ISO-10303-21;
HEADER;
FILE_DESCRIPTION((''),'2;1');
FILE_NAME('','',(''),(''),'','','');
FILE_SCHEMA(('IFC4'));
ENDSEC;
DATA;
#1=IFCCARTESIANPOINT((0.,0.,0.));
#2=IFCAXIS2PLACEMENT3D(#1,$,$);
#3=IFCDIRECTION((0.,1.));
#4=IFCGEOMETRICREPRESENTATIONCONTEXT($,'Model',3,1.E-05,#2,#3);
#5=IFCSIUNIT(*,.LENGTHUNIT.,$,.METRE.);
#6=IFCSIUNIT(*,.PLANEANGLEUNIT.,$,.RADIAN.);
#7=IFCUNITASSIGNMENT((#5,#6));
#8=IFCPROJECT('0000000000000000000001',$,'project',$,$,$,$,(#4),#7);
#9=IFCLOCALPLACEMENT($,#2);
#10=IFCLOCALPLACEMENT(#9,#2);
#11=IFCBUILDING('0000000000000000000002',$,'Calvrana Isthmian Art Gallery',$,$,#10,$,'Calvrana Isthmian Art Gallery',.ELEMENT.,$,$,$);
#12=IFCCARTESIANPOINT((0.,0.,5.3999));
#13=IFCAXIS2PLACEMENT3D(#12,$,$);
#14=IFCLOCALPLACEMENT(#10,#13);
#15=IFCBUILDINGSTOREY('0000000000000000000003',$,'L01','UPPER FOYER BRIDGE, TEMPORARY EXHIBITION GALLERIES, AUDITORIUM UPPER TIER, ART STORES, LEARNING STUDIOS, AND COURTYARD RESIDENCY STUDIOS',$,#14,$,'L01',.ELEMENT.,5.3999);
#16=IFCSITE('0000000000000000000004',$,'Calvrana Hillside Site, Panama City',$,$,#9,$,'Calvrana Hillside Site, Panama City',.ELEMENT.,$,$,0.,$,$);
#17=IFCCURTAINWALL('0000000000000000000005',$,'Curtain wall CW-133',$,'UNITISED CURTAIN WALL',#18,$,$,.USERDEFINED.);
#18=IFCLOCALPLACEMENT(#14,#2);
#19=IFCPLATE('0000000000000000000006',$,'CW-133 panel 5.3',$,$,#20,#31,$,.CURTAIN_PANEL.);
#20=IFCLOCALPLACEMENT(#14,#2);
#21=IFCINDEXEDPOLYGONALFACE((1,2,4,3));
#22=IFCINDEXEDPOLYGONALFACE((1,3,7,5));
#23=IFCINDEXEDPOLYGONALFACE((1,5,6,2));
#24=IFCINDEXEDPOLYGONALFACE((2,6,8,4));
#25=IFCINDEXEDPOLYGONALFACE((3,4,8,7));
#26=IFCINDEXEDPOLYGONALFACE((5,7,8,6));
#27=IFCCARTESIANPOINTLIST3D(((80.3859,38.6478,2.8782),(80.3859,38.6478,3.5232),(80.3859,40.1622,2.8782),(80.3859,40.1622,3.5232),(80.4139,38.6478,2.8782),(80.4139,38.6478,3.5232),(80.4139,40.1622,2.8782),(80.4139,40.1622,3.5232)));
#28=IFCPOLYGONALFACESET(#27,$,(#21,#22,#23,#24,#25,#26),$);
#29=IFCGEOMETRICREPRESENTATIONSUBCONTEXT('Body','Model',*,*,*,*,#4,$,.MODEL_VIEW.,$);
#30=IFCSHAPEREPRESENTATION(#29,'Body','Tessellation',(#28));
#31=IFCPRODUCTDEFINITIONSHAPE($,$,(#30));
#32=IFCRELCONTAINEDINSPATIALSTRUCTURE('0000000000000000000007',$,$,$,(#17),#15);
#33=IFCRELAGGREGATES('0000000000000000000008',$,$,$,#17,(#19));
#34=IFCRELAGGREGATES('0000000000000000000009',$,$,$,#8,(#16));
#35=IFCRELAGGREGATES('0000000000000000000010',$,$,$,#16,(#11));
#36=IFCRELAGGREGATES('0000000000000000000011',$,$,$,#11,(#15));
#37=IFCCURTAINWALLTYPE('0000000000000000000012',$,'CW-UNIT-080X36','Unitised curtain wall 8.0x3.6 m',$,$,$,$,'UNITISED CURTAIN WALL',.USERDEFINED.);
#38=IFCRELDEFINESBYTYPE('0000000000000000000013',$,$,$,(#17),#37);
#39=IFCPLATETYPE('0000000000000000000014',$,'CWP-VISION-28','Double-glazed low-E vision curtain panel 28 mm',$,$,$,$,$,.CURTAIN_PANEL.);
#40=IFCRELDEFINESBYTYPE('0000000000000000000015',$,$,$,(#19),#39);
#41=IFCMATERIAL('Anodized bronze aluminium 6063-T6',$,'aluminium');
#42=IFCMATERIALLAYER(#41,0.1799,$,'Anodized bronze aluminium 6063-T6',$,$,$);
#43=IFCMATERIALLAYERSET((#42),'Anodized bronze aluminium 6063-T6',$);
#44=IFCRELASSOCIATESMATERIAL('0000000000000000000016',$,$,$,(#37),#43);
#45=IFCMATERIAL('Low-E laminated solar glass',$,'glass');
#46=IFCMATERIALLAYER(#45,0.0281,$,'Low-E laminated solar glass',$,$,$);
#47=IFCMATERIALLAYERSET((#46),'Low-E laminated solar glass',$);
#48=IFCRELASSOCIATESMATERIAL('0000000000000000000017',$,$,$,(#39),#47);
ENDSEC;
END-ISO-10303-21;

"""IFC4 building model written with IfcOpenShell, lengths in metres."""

from ifc_helpers import new_model, si_unit, direction, frame, origin, origin_2d, place, context, subcontext, project, spatial, rectangle, extrude, material, layer, layer_set, type_object, element, aggregate, save


model = new_model("IFC4")

# Units and contexts
model_context = context("Model", 3, precision=1e-05, world=origin(), true_north=direction((0.0, 1.0)))
body_context = subcontext(model_context, "Body", "Model", "MODEL_VIEW")
ifc_project = project(units=[si_unit("LENGTHUNIT", "METRE"), si_unit("PLANEANGLEUNIT", "RADIAN")], contexts=[model_context])

# Site, building, storey
site_placement = place(None, origin())
site = spatial("IfcSite", under=ifc_project, at=site_placement, Name="Calvrana Hillside Site, Panama City", LongName="Calvrana Hillside Site, Panama City", CompositionType="ELEMENT", RefElevation=0.0)
building_placement = place(site_placement, origin())
building = spatial("IfcBuilding", under=site, at=building_placement, Name="Calvrana Isthmian Art Gallery", LongName="Calvrana Isthmian Art Gallery", CompositionType="ELEMENT")
storey_placement = place(building_placement, frame((0.0, 0.0, 5.3999)))
storey = spatial("IfcBuildingStorey", under=building, at=storey_placement, Name="L01", Description="UPPER FOYER BRIDGE, TEMPORARY EXHIBITION GALLERIES, AUDITORIUM UPPER TIER, ART STORES, LEARNING STUDIOS, AND COURTYARD RESIDENCY STUDIOS", LongName="L01", CompositionType="ELEMENT", Elevation=5.3999)

# Shared definitions
ifc_material_1 = material(Name="Anodized bronze aluminium 6063-T6", Category="aluminium")

# Curtain wall
ifc_layer_1 = layer(ifc_material_1, 0.1799, Name="Anodized bronze aluminium 6063-T6")
ifc_layer_set_1 = layer_set([ifc_layer_1], Name="Anodized bronze aluminium 6063-T6")
curtain_wall_type_1 = type_object("IfcCurtainWallType", Name="CW-UNIT-080X36", Description="Unitised curtain wall 8.0x3.6 m", ElementType="UNITISED CURTAIN WALL", PredefinedType="USERDEFINED", material=ifc_layer_set_1)
curtain_wall_1_placement = place(storey_placement, origin())
curtain_wall_1 = element("IfcCurtainWall", 1, at=curtain_wall_1_placement, inside=storey, type_object=curtain_wall_type_1, Name="Curtain wall CW-133", ObjectType="UNITISED CURTAIN WALL", PredefinedType="USERDEFINED")

# Plate
ifc_material_2 = material(Name="Low-E laminated solar glass", Category="glass")
ifc_layer_2 = layer(ifc_material_2, 0.0281, Name="Low-E laminated solar glass")
ifc_layer_set_2 = layer_set([ifc_layer_2], Name="Low-E laminated solar glass")
plate_type = type_object("IfcPlateType", Name="CWP-VISION-28", Description="Double-glazed low-E vision curtain panel 28 mm", PredefinedType="CURTAIN_PANEL", material=ifc_layer_set_2)
plate_1_placement = place(storey_placement, frame((80.3999, 39.405, 2.8782), z_axis=(0.0, 0.0, 1.0), x_axis=(0.0, -1.0, 0.0)))
plate_1 = element("IfcPlate", 2, at=plate_1_placement, type_object=plate_type, Name="CW-133 panel 5.3", PredefinedType="CURTAIN_PANEL", context=body_context, shape_type="SweptSolid", body=[
    extrude(rectangle(XDim=1.5144, YDim=0.0281, at=origin_2d()), origin(), (0.0, 0.0, 1.0), 0.645),
])
aggregate(curtain_wall_1, [plate_1])

save(model, "model.ifc")
